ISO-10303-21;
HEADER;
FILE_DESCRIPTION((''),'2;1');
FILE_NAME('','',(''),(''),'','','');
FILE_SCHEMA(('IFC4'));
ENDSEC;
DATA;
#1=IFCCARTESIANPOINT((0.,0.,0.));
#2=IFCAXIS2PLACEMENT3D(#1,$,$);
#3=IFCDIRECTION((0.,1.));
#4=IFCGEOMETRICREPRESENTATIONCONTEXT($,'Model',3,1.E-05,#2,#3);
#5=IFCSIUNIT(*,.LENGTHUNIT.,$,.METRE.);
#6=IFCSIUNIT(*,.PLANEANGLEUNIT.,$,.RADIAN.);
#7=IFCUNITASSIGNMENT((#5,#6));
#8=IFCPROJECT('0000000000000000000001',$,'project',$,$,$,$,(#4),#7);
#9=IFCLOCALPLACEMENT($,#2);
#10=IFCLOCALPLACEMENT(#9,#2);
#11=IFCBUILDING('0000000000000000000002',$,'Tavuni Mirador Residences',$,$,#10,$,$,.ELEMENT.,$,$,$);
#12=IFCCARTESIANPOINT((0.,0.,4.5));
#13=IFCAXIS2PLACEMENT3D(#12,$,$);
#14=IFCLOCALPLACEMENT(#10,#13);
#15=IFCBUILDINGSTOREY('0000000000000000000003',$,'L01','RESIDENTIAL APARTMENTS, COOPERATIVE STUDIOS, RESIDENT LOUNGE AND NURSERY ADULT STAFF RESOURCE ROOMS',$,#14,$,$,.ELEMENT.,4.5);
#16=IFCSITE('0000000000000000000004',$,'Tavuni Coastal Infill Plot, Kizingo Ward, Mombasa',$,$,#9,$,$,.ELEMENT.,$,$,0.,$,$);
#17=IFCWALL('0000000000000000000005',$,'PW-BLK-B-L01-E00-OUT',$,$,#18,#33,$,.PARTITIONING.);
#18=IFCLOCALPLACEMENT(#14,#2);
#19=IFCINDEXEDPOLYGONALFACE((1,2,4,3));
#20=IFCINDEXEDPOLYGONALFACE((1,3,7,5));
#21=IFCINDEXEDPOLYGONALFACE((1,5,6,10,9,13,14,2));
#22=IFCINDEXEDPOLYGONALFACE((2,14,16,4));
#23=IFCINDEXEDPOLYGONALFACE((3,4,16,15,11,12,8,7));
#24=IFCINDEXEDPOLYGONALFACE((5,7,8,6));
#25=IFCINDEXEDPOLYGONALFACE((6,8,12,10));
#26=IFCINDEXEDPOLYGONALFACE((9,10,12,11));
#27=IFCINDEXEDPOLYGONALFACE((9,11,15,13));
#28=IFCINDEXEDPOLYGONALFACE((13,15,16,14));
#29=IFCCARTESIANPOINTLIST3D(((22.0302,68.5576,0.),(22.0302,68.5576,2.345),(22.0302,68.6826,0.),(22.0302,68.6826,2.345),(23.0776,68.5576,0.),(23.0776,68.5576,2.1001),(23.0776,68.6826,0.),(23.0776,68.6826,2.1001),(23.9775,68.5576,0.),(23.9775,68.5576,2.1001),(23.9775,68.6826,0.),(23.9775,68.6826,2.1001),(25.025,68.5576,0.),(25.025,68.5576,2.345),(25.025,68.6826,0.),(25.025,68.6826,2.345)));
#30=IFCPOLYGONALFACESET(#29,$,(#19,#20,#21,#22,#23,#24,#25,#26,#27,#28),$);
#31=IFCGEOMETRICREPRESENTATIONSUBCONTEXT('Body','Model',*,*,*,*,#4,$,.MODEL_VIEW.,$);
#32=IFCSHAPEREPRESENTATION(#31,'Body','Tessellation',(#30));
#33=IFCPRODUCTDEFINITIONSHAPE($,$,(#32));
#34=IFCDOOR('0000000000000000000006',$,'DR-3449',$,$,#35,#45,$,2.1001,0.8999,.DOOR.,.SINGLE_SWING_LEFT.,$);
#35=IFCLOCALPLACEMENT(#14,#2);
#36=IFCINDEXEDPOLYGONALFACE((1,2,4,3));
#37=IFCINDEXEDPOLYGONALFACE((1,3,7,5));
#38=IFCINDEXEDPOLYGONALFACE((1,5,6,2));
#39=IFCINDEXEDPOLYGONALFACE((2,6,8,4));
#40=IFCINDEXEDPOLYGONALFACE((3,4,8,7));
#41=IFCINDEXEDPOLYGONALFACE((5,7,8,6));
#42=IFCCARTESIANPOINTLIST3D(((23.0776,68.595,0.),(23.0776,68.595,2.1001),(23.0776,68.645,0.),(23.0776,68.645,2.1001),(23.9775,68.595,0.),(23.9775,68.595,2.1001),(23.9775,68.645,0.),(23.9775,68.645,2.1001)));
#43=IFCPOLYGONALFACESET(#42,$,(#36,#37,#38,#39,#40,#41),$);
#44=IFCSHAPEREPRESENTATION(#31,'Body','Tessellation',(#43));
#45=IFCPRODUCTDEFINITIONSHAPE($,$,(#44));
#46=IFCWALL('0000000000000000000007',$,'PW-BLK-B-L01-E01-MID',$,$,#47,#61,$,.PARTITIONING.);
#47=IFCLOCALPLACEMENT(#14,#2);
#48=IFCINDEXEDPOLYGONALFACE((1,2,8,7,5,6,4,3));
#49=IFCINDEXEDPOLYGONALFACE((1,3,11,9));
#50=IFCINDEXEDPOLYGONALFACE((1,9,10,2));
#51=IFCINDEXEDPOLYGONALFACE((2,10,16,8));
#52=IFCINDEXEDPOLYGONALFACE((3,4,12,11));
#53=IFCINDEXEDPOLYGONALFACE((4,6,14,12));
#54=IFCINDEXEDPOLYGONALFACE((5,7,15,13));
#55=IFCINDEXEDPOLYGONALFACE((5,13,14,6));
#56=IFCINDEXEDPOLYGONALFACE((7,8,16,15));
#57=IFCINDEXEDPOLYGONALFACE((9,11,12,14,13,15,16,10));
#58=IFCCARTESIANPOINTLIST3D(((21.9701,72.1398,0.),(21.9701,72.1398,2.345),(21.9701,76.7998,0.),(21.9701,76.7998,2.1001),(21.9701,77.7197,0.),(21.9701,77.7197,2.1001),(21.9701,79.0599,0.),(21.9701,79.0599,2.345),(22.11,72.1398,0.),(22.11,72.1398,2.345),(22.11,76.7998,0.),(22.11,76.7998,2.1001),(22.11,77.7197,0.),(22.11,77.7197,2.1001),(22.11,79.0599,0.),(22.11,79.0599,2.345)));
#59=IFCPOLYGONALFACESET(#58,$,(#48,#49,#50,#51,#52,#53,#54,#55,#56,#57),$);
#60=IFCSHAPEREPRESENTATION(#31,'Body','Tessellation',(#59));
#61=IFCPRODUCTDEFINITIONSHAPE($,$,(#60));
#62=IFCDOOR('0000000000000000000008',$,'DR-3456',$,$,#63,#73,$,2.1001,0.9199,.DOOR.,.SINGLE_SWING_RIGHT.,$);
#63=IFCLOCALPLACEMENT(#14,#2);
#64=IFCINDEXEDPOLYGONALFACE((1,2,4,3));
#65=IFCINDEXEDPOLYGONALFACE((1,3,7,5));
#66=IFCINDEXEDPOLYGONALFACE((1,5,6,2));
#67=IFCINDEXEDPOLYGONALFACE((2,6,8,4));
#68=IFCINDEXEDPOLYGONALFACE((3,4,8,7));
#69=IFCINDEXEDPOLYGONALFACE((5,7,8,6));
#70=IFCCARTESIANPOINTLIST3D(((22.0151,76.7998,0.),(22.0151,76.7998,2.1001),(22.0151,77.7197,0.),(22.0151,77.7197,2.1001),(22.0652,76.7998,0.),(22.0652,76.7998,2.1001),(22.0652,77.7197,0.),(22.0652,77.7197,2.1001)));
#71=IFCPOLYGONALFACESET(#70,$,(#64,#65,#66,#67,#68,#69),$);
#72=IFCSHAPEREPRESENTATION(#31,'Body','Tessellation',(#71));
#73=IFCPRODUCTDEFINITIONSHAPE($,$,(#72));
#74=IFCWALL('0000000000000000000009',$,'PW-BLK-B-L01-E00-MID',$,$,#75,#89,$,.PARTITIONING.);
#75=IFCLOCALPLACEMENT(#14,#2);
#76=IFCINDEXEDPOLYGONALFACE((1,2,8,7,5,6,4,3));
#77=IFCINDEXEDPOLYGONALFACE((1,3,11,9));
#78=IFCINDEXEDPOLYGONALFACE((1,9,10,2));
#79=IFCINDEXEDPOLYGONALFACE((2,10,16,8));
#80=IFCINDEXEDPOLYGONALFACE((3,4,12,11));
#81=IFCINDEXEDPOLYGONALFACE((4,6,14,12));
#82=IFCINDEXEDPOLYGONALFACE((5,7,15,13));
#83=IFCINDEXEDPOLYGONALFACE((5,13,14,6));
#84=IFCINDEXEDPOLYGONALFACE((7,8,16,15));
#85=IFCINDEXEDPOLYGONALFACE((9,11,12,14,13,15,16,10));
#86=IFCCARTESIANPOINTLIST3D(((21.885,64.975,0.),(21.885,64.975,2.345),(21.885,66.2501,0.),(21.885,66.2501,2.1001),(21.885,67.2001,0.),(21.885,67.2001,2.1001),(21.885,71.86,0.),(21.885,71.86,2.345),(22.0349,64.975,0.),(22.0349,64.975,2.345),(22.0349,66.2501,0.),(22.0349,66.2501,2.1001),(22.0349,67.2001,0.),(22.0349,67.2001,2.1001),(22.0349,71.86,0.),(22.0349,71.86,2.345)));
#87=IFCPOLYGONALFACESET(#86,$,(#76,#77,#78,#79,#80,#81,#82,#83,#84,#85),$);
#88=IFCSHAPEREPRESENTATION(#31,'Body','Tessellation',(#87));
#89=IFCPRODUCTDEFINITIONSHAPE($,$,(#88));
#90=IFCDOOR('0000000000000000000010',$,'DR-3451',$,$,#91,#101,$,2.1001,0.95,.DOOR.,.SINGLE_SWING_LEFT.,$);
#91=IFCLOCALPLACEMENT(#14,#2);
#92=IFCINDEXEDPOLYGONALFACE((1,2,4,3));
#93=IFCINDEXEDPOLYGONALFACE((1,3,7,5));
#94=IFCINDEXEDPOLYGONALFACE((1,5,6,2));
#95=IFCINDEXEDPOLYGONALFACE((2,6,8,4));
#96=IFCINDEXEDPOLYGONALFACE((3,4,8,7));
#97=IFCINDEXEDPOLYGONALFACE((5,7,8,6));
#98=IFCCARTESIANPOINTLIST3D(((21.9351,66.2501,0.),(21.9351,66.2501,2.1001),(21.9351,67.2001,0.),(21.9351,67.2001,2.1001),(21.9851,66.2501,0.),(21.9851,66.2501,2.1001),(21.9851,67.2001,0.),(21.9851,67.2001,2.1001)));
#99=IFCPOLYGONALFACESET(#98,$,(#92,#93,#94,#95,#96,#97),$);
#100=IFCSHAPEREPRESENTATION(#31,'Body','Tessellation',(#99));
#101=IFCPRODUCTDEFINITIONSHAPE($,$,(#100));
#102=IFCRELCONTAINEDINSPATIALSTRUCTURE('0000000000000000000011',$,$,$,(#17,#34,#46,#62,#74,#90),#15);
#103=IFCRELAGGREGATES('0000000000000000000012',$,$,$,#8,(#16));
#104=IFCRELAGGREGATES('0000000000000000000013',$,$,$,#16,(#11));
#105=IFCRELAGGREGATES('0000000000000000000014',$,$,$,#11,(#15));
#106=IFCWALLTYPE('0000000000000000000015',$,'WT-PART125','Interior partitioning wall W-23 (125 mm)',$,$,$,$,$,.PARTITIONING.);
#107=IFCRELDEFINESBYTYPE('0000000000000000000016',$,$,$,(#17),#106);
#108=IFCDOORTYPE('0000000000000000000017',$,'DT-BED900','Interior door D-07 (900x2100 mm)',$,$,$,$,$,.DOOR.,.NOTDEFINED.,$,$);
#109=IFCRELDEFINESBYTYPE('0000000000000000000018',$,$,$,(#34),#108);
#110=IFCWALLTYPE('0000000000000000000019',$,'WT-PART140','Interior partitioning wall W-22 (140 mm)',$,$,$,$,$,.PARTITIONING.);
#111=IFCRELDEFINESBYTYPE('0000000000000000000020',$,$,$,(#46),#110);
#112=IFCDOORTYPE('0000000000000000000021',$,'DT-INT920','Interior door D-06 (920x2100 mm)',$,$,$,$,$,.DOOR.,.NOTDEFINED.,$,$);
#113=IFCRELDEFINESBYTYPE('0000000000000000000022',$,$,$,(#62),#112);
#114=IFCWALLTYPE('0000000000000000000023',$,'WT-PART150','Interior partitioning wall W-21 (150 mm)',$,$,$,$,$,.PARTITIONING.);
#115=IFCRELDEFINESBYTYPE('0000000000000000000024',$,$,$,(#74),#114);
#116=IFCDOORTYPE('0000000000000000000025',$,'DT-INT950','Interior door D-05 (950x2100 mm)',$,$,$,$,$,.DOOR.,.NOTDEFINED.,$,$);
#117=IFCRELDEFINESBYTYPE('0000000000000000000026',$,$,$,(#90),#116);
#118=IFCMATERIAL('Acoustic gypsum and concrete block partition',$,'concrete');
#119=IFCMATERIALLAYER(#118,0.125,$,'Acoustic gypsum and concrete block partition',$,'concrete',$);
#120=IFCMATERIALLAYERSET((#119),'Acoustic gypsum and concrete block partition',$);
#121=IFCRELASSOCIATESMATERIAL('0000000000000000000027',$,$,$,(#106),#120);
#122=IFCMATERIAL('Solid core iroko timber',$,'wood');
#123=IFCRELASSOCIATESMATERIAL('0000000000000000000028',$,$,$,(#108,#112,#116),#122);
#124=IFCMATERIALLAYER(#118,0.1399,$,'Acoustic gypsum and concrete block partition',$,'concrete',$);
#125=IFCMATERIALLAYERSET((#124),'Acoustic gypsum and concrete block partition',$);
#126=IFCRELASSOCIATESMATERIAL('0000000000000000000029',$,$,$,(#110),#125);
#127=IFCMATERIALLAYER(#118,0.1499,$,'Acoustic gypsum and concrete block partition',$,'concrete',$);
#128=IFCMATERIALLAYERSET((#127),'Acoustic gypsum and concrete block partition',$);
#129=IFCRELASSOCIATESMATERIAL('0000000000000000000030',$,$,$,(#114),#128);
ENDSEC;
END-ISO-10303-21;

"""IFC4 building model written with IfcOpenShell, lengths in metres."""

from ifc_helpers import new_model, si_unit, direction, frame, frame_2d, origin, place, context, subcontext, project, spatial, rectangle, extrude, material, layer, layer_set, type_object, element, fill, save


model = new_model("IFC4")

# Units and contexts
model_context = context("Model", 3, precision=1e-05, world=origin(), true_north=direction((0.0, 1.0)))
body_context = subcontext(model_context, "Body", "Model", "MODEL_VIEW")
ifc_project = project(units=[si_unit("LENGTHUNIT", "METRE"), si_unit("PLANEANGLEUNIT", "RADIAN")], contexts=[model_context])

# Site, building, storey
site_placement = place(None, origin())
site = spatial("IfcSite", under=ifc_project, at=site_placement, Name="Tavuni Coastal Infill Plot, Kizingo Ward, Mombasa", CompositionType="ELEMENT", RefElevation=0.0)
building_placement = place(site_placement, origin())
building = spatial("IfcBuilding", under=site, at=building_placement, Name="Tavuni Mirador Residences", CompositionType="ELEMENT")
storey_placement = place(building_placement, frame((0.0, 0.0, 4.5)))
storey = spatial("IfcBuildingStorey", under=building, at=storey_placement, Name="L01", Description="RESIDENTIAL APARTMENTS, COOPERATIVE STUDIOS, RESIDENT LOUNGE AND NURSERY ADULT STAFF RESOURCE ROOMS", CompositionType="ELEMENT", Elevation=4.5)

# Walls, openings, doors
ifc_material_1 = material(Name="Acoustic gypsum and concrete block partition", Category="concrete")
ifc_layer_1 = layer(ifc_material_1, 0.125, Name="Acoustic gypsum and concrete block partition", Category="concrete")
ifc_layer_set_1 = layer_set([ifc_layer_1], Name="Acoustic gypsum and concrete block partition")
wall_type_1 = type_object("IfcWallType", Name="WT-PART125", Description="Interior partitioning wall W-23 (125 mm)", PredefinedType="PARTITIONING", material=ifc_layer_set_1)
wall_1_placement = place(storey_placement, frame((22.03, 68.6201, 0.0), z_axis=(0.0, 0.0, 1.0), x_axis=(1.0, 0.0, 0.0)))
wall_1 = element("IfcWall", 1, at=wall_1_placement, inside=storey, type_object=wall_type_1, Name="PW-BLK-B-L01-E00-OUT", PredefinedType="PARTITIONING", context=body_context, shape_type="SweptSolid", body=[
    extrude(rectangle(XDim=2.9949, YDim=0.125, at=frame_2d((1.4976, 0.0))), origin(), (0.0, 0.0, 1.0), 2.345),
])
opening_1_placement = place(wall_1_placement, frame((1.0476, 0.0, 0.0)))
opening_1 = element("IfcOpeningElement", 2, at=opening_1_placement, cuts=wall_1, PredefinedType="OPENING", context=body_context, shape_type="SweptSolid", body=[
    extrude(rectangle(XDim=0.8999, YDim=2.1001, at=frame_2d((0.45, 1.05))), frame((0.0, 0.0725, 0.0), z_axis=(0.0, -1.0, 0.0), x_axis=(1.0, 0.0, 0.0)), (0.0, 0.0, 1.0), 0.145),
])
ifc_material_2 = material(Name="Solid core iroko timber", Category="wood")
door_type_1 = type_object("IfcDoorType", Name="DT-BED900", Description="Interior door D-07 (900x2100 mm)", OperationType="NOTDEFINED", PredefinedType="DOOR", material=ifc_material_2)
door_1_placement = place(opening_1_placement, origin())
door_1 = element("IfcDoor", 3, at=door_1_placement, inside=storey, type_object=door_type_1, Name="DR-3449", OperationType="SINGLE_SWING_LEFT", OverallHeight=2.1001, OverallWidth=0.8999, PredefinedType="DOOR", context=body_context, shape_type="SweptSolid", body=[
    extrude(rectangle(XDim=0.8999, YDim=2.1001, at=frame_2d((0.45, 1.05))), frame((0.0, 0.0249, 0.0), z_axis=(0.0, -1.0, 0.0), x_axis=(1.0, 0.0, 0.0)), (0.0, 0.0, 1.0), 0.05),
])
fill(opening_1, door_1)
ifc_layer_2 = layer(ifc_material_1, 0.1399, Name="Acoustic gypsum and concrete block partition", Category="concrete")
ifc_layer_set_2 = layer_set([ifc_layer_2], Name="Acoustic gypsum and concrete block partition")
wall_type_2 = type_object("IfcWallType", Name="WT-PART140", Description="Interior partitioning wall W-22 (140 mm)", PredefinedType="PARTITIONING", material=ifc_layer_set_2)
wall_2_placement = place(storey_placement, frame((22.04, 72.1399, 0.0), z_axis=(0.0, 0.0, 1.0), x_axis=(0.0, 1.0, 0.0)))
wall_2 = element("IfcWall", 4, at=wall_2_placement, inside=storey, type_object=wall_type_2, Name="PW-BLK-B-L01-E01-MID", PredefinedType="PARTITIONING", context=body_context, shape_type="SweptSolid", body=[
    extrude(rectangle(XDim=6.9202, YDim=0.1399, at=frame_2d((3.46, 0.0))), origin(), (0.0, 0.0, 1.0), 2.345),
])
opening_2_placement = place(wall_2_placement, frame((4.6599, 0.0, 0.0)))
opening_2 = element("IfcOpeningElement", 5, at=opening_2_placement, cuts=wall_2, PredefinedType="OPENING", context=body_context, shape_type="SweptSolid", body=[
    extrude(rectangle(XDim=0.9199, YDim=2.1001, at=frame_2d((0.46, 1.05))), frame((0.0, 0.0801, 0.0), z_axis=(0.0, -1.0, 0.0), x_axis=(1.0, 0.0, 0.0)), (0.0, 0.0, 1.0), 0.1599),
])
door_type_2 = type_object("IfcDoorType", Name="DT-INT920", Description="Interior door D-06 (920x2100 mm)", OperationType="NOTDEFINED", PredefinedType="DOOR", material=ifc_material_2)
door_2_placement = place(opening_2_placement, origin())
door_2 = element("IfcDoor", 6, at=door_2_placement, inside=storey, type_object=door_type_2, Name="DR-3456", OperationType="SINGLE_SWING_RIGHT", OverallHeight=2.1001, OverallWidth=0.9199, PredefinedType="DOOR", context=body_context, shape_type="SweptSolid", body=[
    extrude(rectangle(XDim=0.9199, YDim=2.1001, at=frame_2d((0.46, 1.05))), frame((0.0, 0.0249, 0.0), z_axis=(0.0, -1.0, 0.0), x_axis=(1.0, 0.0, 0.0)), (0.0, 0.0, 1.0), 0.05),
])
fill(opening_2, door_2)
ifc_layer_3 = layer(ifc_material_1, 0.1499, Name="Acoustic gypsum and concrete block partition", Category="concrete")
ifc_layer_set_3 = layer_set([ifc_layer_3], Name="Acoustic gypsum and concrete block partition")
wall_type_3 = type_object("IfcWallType", Name="WT-PART150", Description="Interior partitioning wall W-21 (150 mm)", PredefinedType="PARTITIONING", material=ifc_layer_set_3)
wall_3_placement = place(storey_placement, frame((21.96, 64.9751, 0.0), z_axis=(0.0, 0.0, 1.0), x_axis=(0.0, 1.0, 0.0)))
wall_3 = element("IfcWall", 7, at=wall_3_placement, inside=storey, type_object=wall_type_3, Name="PW-BLK-B-L01-E00-MID", PredefinedType="PARTITIONING", context=body_context, shape_type="SweptSolid", body=[
    extrude(rectangle(XDim=6.885, YDim=0.1499, at=frame_2d((3.4424, 0.0))), origin(), (0.0, 0.0, 1.0), 2.345),
])
opening_3_placement = place(wall_3_placement, frame((1.2749, 0.0, 0.0)))
opening_3 = element("IfcOpeningElement", 8, at=opening_3_placement, cuts=wall_3, PredefinedType="OPENING", context=body_context, shape_type="SweptSolid", body=[
    extrude(rectangle(XDim=0.95, YDim=2.1001, at=frame_2d((0.4751, 1.05))), frame((0.0, 0.085, 0.0), z_axis=(0.0, -1.0, 0.0), x_axis=(1.0, 0.0, 0.0)), (0.0, 0.0, 1.0), 0.1699),
])
door_type_3 = type_object("IfcDoorType", Name="DT-INT950", Description="Interior door D-05 (950x2100 mm)", OperationType="NOTDEFINED", PredefinedType="DOOR", material=ifc_material_2)
door_3_placement = place(opening_3_placement, origin())
door_3 = element("IfcDoor", 9, at=door_3_placement, inside=storey, type_object=door_type_3, Name="DR-3451", OperationType="SINGLE_SWING_LEFT", OverallHeight=2.1001, OverallWidth=0.95, PredefinedType="DOOR", context=body_context, shape_type="SweptSolid", body=[
    extrude(rectangle(XDim=0.95, YDim=2.1001, at=frame_2d((0.4751, 1.05))), frame((0.0, 0.0249, 0.0), z_axis=(0.0, -1.0, 0.0), x_axis=(1.0, 0.0, 0.0)), (0.0, 0.0, 1.0), 0.05),
])
fill(opening_3, door_3)

save(model, "model.ifc")
